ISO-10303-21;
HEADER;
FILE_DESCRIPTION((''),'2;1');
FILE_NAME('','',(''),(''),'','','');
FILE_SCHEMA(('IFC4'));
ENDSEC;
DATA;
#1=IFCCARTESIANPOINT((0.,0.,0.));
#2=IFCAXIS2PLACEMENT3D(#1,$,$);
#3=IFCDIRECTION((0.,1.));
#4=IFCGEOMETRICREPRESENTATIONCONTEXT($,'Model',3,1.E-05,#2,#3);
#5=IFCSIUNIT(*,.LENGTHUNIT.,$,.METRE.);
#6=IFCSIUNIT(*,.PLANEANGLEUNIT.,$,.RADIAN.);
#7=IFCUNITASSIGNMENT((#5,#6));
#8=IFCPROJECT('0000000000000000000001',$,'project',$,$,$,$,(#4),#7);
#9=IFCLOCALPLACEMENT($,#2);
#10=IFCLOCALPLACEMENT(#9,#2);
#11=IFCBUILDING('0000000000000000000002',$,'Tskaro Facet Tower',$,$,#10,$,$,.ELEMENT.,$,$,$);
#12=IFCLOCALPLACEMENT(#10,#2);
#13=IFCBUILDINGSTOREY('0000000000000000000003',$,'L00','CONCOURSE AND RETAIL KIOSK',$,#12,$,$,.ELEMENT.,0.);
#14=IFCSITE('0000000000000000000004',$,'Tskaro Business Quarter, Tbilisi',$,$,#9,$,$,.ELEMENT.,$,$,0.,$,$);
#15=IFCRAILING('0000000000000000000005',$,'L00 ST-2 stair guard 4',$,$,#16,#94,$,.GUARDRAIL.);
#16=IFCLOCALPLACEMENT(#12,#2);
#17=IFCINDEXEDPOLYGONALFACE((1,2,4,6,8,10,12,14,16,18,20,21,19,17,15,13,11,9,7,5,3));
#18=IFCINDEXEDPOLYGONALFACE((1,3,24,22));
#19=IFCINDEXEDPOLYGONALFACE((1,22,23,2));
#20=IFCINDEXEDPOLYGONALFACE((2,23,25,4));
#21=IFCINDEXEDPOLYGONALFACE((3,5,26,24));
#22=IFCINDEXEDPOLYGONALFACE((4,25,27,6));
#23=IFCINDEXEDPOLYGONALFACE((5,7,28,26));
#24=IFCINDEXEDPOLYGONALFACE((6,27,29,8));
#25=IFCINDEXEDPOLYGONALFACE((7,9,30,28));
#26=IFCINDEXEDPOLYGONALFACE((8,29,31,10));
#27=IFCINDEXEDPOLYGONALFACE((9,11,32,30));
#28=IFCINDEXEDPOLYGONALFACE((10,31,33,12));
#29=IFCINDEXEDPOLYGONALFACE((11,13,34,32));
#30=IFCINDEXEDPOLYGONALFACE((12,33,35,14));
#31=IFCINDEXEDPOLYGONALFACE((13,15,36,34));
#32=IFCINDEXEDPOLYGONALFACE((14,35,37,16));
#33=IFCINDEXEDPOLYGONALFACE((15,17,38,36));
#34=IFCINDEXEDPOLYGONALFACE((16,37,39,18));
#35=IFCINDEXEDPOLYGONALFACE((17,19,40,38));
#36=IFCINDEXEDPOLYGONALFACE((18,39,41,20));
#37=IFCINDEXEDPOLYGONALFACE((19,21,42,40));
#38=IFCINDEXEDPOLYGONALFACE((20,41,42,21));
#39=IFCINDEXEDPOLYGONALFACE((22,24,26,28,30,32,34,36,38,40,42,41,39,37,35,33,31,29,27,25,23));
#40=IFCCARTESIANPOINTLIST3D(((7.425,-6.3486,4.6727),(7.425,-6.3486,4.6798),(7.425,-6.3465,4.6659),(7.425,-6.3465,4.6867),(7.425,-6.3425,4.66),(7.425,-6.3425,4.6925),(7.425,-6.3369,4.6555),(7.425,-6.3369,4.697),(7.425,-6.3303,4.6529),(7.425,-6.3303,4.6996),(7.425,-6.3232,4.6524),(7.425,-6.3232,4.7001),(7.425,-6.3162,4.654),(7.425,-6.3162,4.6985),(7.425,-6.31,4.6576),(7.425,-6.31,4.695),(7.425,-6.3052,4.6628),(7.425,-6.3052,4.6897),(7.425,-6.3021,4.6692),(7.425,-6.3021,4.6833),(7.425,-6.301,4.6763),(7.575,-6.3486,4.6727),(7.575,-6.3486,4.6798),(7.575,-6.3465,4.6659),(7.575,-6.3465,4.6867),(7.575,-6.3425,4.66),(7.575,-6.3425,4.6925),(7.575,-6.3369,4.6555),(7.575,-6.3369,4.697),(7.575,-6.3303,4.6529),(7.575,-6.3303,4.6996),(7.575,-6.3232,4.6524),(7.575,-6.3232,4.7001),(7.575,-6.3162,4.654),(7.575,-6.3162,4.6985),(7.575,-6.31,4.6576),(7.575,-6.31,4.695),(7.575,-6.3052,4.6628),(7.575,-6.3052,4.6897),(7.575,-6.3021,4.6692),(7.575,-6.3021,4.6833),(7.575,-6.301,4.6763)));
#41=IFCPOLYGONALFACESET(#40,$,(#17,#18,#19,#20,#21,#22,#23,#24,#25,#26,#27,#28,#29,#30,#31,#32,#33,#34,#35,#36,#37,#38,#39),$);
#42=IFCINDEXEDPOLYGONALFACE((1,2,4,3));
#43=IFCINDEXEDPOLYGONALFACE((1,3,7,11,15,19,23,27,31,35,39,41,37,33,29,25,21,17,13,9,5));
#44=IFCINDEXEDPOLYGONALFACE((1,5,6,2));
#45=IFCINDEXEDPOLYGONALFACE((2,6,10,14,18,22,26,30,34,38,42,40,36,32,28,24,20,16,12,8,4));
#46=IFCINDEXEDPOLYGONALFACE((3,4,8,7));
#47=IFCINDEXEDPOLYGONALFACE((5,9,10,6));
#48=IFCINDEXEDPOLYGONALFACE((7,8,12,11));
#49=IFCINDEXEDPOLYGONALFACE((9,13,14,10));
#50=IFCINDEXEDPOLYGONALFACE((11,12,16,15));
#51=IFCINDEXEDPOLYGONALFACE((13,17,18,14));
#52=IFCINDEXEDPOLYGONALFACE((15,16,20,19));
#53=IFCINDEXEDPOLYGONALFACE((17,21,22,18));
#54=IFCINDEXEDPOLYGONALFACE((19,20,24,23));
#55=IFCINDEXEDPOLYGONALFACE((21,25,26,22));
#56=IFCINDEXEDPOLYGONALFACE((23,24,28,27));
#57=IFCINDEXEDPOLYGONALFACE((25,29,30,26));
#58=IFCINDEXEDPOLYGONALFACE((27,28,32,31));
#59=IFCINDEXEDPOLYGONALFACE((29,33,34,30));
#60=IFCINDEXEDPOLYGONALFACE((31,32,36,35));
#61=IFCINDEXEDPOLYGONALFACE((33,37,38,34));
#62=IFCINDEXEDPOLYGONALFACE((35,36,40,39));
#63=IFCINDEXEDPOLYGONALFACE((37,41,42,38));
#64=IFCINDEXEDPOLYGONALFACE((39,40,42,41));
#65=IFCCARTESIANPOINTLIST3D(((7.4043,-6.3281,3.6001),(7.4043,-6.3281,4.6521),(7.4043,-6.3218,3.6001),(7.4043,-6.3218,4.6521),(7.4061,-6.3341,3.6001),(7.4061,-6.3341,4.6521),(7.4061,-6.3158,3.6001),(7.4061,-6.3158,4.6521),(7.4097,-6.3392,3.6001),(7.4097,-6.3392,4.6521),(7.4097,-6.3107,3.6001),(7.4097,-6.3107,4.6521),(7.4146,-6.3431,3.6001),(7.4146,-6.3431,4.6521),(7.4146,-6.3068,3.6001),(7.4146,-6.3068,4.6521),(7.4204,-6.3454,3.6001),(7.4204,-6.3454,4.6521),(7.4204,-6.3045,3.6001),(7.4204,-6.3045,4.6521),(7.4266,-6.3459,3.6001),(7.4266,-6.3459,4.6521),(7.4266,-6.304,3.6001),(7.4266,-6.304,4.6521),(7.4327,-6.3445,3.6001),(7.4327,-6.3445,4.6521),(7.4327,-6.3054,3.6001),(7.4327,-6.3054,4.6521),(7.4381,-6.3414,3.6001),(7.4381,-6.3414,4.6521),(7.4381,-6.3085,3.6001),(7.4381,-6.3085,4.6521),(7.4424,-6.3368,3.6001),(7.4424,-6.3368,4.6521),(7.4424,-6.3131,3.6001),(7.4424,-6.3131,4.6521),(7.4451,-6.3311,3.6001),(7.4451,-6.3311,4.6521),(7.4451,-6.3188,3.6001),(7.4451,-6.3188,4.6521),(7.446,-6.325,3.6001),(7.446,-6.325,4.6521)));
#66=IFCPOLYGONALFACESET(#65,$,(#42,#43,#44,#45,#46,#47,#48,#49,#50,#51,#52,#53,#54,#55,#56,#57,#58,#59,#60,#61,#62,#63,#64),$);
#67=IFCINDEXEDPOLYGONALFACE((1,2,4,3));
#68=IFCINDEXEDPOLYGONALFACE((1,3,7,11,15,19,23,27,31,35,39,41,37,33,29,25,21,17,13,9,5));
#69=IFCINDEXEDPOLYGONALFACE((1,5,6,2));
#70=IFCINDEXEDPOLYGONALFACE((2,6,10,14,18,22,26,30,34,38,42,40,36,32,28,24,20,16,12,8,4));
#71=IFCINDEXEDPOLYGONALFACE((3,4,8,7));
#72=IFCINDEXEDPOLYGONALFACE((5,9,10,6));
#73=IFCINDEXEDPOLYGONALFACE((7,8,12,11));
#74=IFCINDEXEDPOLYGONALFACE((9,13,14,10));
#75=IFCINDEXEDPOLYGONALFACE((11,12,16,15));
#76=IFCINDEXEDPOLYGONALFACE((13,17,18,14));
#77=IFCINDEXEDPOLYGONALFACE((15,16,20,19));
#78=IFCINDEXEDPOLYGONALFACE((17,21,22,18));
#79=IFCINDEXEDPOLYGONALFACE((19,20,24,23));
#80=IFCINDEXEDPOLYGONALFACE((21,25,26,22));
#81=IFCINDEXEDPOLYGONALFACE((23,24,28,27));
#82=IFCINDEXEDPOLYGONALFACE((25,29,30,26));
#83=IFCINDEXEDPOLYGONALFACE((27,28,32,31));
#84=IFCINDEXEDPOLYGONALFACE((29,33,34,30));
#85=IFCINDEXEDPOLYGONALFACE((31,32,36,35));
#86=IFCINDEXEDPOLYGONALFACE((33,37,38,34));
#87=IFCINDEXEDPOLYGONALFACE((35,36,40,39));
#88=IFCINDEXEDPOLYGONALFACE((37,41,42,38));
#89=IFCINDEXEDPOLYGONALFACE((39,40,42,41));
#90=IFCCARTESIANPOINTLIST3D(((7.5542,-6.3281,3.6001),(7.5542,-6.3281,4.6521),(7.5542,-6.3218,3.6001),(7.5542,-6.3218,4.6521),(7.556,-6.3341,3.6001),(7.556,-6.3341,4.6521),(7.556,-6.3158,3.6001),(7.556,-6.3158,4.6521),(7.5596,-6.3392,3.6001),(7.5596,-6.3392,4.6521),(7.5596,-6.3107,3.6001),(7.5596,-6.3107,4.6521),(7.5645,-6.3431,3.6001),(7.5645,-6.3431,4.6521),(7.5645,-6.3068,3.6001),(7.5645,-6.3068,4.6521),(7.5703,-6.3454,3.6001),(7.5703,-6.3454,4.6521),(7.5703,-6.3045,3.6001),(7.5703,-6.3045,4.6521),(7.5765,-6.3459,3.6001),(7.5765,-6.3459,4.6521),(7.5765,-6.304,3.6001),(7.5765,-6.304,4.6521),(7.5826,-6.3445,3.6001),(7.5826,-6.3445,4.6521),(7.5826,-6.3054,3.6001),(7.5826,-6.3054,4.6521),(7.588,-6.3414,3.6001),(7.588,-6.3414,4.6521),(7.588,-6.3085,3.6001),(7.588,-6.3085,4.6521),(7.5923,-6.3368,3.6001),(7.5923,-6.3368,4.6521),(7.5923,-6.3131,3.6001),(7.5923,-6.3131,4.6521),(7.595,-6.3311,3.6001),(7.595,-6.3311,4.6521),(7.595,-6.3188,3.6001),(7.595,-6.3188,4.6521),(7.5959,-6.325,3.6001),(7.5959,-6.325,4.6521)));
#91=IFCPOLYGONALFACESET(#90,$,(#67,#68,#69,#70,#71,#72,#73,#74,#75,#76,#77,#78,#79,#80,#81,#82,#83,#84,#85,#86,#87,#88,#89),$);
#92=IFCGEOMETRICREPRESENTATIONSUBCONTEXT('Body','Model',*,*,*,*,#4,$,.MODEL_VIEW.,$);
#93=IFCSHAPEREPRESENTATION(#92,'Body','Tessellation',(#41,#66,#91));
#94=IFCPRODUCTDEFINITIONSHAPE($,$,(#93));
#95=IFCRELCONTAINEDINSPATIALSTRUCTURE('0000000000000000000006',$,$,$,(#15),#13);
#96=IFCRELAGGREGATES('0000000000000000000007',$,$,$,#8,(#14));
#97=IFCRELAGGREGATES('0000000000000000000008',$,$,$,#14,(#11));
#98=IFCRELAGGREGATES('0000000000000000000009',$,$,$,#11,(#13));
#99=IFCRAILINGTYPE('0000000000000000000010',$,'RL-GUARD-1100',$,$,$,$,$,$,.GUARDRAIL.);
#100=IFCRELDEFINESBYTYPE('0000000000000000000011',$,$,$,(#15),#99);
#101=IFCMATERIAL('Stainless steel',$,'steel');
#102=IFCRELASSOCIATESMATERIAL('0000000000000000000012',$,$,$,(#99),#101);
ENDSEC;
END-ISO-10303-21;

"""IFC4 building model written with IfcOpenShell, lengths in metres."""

from ifc_helpers import new_model, si_unit, direction, frame, origin, origin_2d, place, context, subcontext, project, spatial, circle, extrude, material, type_object, element, save


model = new_model("IFC4")

# Units and contexts
model_context = context("Model", 3, precision=1e-05, world=origin(), true_north=direction((0.0, 1.0)))
body_context = subcontext(model_context, "Body", "Model", "MODEL_VIEW")
ifc_project = project(units=[si_unit("LENGTHUNIT", "METRE"), si_unit("PLANEANGLEUNIT", "RADIAN")], contexts=[model_context])

# Site, building, storey
site_placement = place(None, origin())
site = spatial("IfcSite", under=ifc_project, at=site_placement, Name="Tskaro Business Quarter, Tbilisi", CompositionType="ELEMENT", RefElevation=0.0)
building_placement = place(site_placement, origin())
building = spatial("IfcBuilding", under=site, at=building_placement, Name="Tskaro Facet Tower", CompositionType="ELEMENT")
storey_placement = place(building_placement, origin())
storey = spatial("IfcBuildingStorey", under=building, at=storey_placement, Name="L00", Description="CONCOURSE AND RETAIL KIOSK", CompositionType="ELEMENT", Elevation=0.0)

# Railing
ifc_material_1 = material(Name="Stainless steel", Category="steel")
railing_type_1 = type_object("IfcRailingType", Name="RL-GUARD-1100", PredefinedType="GUARDRAIL", material=ifc_material_1)
railing_1_placement = place(storey_placement, frame((7.425, -6.325, 3.6001)))
element("IfcRailing", 1, at=railing_1_placement, inside=storey, type_object=railing_type_1, Name="L00 ST-2 stair guard 4", PredefinedType="GUARDRAIL", context=body_context, shape_type="SweptSolid", body=[
    extrude(circle(Radius=0.0239, at=origin_2d()), frame((0.0, 0.0, 1.0762), z_axis=(1.0, 0.0, 0.0), x_axis=(0.0, 1.0, 0.0)), (0.0, 0.0, 1.0), 0.1499),
    extrude(circle(Radius=0.021, at=origin_2d()), origin(), (0.0, 0.0, 1.0), 1.052),
    extrude(circle(Radius=0.021, at=origin_2d()), frame((0.1499, 0.0, 0.0)), (0.0, 0.0, 1.0), 1.052),
])

save(model, "model.ifc")
